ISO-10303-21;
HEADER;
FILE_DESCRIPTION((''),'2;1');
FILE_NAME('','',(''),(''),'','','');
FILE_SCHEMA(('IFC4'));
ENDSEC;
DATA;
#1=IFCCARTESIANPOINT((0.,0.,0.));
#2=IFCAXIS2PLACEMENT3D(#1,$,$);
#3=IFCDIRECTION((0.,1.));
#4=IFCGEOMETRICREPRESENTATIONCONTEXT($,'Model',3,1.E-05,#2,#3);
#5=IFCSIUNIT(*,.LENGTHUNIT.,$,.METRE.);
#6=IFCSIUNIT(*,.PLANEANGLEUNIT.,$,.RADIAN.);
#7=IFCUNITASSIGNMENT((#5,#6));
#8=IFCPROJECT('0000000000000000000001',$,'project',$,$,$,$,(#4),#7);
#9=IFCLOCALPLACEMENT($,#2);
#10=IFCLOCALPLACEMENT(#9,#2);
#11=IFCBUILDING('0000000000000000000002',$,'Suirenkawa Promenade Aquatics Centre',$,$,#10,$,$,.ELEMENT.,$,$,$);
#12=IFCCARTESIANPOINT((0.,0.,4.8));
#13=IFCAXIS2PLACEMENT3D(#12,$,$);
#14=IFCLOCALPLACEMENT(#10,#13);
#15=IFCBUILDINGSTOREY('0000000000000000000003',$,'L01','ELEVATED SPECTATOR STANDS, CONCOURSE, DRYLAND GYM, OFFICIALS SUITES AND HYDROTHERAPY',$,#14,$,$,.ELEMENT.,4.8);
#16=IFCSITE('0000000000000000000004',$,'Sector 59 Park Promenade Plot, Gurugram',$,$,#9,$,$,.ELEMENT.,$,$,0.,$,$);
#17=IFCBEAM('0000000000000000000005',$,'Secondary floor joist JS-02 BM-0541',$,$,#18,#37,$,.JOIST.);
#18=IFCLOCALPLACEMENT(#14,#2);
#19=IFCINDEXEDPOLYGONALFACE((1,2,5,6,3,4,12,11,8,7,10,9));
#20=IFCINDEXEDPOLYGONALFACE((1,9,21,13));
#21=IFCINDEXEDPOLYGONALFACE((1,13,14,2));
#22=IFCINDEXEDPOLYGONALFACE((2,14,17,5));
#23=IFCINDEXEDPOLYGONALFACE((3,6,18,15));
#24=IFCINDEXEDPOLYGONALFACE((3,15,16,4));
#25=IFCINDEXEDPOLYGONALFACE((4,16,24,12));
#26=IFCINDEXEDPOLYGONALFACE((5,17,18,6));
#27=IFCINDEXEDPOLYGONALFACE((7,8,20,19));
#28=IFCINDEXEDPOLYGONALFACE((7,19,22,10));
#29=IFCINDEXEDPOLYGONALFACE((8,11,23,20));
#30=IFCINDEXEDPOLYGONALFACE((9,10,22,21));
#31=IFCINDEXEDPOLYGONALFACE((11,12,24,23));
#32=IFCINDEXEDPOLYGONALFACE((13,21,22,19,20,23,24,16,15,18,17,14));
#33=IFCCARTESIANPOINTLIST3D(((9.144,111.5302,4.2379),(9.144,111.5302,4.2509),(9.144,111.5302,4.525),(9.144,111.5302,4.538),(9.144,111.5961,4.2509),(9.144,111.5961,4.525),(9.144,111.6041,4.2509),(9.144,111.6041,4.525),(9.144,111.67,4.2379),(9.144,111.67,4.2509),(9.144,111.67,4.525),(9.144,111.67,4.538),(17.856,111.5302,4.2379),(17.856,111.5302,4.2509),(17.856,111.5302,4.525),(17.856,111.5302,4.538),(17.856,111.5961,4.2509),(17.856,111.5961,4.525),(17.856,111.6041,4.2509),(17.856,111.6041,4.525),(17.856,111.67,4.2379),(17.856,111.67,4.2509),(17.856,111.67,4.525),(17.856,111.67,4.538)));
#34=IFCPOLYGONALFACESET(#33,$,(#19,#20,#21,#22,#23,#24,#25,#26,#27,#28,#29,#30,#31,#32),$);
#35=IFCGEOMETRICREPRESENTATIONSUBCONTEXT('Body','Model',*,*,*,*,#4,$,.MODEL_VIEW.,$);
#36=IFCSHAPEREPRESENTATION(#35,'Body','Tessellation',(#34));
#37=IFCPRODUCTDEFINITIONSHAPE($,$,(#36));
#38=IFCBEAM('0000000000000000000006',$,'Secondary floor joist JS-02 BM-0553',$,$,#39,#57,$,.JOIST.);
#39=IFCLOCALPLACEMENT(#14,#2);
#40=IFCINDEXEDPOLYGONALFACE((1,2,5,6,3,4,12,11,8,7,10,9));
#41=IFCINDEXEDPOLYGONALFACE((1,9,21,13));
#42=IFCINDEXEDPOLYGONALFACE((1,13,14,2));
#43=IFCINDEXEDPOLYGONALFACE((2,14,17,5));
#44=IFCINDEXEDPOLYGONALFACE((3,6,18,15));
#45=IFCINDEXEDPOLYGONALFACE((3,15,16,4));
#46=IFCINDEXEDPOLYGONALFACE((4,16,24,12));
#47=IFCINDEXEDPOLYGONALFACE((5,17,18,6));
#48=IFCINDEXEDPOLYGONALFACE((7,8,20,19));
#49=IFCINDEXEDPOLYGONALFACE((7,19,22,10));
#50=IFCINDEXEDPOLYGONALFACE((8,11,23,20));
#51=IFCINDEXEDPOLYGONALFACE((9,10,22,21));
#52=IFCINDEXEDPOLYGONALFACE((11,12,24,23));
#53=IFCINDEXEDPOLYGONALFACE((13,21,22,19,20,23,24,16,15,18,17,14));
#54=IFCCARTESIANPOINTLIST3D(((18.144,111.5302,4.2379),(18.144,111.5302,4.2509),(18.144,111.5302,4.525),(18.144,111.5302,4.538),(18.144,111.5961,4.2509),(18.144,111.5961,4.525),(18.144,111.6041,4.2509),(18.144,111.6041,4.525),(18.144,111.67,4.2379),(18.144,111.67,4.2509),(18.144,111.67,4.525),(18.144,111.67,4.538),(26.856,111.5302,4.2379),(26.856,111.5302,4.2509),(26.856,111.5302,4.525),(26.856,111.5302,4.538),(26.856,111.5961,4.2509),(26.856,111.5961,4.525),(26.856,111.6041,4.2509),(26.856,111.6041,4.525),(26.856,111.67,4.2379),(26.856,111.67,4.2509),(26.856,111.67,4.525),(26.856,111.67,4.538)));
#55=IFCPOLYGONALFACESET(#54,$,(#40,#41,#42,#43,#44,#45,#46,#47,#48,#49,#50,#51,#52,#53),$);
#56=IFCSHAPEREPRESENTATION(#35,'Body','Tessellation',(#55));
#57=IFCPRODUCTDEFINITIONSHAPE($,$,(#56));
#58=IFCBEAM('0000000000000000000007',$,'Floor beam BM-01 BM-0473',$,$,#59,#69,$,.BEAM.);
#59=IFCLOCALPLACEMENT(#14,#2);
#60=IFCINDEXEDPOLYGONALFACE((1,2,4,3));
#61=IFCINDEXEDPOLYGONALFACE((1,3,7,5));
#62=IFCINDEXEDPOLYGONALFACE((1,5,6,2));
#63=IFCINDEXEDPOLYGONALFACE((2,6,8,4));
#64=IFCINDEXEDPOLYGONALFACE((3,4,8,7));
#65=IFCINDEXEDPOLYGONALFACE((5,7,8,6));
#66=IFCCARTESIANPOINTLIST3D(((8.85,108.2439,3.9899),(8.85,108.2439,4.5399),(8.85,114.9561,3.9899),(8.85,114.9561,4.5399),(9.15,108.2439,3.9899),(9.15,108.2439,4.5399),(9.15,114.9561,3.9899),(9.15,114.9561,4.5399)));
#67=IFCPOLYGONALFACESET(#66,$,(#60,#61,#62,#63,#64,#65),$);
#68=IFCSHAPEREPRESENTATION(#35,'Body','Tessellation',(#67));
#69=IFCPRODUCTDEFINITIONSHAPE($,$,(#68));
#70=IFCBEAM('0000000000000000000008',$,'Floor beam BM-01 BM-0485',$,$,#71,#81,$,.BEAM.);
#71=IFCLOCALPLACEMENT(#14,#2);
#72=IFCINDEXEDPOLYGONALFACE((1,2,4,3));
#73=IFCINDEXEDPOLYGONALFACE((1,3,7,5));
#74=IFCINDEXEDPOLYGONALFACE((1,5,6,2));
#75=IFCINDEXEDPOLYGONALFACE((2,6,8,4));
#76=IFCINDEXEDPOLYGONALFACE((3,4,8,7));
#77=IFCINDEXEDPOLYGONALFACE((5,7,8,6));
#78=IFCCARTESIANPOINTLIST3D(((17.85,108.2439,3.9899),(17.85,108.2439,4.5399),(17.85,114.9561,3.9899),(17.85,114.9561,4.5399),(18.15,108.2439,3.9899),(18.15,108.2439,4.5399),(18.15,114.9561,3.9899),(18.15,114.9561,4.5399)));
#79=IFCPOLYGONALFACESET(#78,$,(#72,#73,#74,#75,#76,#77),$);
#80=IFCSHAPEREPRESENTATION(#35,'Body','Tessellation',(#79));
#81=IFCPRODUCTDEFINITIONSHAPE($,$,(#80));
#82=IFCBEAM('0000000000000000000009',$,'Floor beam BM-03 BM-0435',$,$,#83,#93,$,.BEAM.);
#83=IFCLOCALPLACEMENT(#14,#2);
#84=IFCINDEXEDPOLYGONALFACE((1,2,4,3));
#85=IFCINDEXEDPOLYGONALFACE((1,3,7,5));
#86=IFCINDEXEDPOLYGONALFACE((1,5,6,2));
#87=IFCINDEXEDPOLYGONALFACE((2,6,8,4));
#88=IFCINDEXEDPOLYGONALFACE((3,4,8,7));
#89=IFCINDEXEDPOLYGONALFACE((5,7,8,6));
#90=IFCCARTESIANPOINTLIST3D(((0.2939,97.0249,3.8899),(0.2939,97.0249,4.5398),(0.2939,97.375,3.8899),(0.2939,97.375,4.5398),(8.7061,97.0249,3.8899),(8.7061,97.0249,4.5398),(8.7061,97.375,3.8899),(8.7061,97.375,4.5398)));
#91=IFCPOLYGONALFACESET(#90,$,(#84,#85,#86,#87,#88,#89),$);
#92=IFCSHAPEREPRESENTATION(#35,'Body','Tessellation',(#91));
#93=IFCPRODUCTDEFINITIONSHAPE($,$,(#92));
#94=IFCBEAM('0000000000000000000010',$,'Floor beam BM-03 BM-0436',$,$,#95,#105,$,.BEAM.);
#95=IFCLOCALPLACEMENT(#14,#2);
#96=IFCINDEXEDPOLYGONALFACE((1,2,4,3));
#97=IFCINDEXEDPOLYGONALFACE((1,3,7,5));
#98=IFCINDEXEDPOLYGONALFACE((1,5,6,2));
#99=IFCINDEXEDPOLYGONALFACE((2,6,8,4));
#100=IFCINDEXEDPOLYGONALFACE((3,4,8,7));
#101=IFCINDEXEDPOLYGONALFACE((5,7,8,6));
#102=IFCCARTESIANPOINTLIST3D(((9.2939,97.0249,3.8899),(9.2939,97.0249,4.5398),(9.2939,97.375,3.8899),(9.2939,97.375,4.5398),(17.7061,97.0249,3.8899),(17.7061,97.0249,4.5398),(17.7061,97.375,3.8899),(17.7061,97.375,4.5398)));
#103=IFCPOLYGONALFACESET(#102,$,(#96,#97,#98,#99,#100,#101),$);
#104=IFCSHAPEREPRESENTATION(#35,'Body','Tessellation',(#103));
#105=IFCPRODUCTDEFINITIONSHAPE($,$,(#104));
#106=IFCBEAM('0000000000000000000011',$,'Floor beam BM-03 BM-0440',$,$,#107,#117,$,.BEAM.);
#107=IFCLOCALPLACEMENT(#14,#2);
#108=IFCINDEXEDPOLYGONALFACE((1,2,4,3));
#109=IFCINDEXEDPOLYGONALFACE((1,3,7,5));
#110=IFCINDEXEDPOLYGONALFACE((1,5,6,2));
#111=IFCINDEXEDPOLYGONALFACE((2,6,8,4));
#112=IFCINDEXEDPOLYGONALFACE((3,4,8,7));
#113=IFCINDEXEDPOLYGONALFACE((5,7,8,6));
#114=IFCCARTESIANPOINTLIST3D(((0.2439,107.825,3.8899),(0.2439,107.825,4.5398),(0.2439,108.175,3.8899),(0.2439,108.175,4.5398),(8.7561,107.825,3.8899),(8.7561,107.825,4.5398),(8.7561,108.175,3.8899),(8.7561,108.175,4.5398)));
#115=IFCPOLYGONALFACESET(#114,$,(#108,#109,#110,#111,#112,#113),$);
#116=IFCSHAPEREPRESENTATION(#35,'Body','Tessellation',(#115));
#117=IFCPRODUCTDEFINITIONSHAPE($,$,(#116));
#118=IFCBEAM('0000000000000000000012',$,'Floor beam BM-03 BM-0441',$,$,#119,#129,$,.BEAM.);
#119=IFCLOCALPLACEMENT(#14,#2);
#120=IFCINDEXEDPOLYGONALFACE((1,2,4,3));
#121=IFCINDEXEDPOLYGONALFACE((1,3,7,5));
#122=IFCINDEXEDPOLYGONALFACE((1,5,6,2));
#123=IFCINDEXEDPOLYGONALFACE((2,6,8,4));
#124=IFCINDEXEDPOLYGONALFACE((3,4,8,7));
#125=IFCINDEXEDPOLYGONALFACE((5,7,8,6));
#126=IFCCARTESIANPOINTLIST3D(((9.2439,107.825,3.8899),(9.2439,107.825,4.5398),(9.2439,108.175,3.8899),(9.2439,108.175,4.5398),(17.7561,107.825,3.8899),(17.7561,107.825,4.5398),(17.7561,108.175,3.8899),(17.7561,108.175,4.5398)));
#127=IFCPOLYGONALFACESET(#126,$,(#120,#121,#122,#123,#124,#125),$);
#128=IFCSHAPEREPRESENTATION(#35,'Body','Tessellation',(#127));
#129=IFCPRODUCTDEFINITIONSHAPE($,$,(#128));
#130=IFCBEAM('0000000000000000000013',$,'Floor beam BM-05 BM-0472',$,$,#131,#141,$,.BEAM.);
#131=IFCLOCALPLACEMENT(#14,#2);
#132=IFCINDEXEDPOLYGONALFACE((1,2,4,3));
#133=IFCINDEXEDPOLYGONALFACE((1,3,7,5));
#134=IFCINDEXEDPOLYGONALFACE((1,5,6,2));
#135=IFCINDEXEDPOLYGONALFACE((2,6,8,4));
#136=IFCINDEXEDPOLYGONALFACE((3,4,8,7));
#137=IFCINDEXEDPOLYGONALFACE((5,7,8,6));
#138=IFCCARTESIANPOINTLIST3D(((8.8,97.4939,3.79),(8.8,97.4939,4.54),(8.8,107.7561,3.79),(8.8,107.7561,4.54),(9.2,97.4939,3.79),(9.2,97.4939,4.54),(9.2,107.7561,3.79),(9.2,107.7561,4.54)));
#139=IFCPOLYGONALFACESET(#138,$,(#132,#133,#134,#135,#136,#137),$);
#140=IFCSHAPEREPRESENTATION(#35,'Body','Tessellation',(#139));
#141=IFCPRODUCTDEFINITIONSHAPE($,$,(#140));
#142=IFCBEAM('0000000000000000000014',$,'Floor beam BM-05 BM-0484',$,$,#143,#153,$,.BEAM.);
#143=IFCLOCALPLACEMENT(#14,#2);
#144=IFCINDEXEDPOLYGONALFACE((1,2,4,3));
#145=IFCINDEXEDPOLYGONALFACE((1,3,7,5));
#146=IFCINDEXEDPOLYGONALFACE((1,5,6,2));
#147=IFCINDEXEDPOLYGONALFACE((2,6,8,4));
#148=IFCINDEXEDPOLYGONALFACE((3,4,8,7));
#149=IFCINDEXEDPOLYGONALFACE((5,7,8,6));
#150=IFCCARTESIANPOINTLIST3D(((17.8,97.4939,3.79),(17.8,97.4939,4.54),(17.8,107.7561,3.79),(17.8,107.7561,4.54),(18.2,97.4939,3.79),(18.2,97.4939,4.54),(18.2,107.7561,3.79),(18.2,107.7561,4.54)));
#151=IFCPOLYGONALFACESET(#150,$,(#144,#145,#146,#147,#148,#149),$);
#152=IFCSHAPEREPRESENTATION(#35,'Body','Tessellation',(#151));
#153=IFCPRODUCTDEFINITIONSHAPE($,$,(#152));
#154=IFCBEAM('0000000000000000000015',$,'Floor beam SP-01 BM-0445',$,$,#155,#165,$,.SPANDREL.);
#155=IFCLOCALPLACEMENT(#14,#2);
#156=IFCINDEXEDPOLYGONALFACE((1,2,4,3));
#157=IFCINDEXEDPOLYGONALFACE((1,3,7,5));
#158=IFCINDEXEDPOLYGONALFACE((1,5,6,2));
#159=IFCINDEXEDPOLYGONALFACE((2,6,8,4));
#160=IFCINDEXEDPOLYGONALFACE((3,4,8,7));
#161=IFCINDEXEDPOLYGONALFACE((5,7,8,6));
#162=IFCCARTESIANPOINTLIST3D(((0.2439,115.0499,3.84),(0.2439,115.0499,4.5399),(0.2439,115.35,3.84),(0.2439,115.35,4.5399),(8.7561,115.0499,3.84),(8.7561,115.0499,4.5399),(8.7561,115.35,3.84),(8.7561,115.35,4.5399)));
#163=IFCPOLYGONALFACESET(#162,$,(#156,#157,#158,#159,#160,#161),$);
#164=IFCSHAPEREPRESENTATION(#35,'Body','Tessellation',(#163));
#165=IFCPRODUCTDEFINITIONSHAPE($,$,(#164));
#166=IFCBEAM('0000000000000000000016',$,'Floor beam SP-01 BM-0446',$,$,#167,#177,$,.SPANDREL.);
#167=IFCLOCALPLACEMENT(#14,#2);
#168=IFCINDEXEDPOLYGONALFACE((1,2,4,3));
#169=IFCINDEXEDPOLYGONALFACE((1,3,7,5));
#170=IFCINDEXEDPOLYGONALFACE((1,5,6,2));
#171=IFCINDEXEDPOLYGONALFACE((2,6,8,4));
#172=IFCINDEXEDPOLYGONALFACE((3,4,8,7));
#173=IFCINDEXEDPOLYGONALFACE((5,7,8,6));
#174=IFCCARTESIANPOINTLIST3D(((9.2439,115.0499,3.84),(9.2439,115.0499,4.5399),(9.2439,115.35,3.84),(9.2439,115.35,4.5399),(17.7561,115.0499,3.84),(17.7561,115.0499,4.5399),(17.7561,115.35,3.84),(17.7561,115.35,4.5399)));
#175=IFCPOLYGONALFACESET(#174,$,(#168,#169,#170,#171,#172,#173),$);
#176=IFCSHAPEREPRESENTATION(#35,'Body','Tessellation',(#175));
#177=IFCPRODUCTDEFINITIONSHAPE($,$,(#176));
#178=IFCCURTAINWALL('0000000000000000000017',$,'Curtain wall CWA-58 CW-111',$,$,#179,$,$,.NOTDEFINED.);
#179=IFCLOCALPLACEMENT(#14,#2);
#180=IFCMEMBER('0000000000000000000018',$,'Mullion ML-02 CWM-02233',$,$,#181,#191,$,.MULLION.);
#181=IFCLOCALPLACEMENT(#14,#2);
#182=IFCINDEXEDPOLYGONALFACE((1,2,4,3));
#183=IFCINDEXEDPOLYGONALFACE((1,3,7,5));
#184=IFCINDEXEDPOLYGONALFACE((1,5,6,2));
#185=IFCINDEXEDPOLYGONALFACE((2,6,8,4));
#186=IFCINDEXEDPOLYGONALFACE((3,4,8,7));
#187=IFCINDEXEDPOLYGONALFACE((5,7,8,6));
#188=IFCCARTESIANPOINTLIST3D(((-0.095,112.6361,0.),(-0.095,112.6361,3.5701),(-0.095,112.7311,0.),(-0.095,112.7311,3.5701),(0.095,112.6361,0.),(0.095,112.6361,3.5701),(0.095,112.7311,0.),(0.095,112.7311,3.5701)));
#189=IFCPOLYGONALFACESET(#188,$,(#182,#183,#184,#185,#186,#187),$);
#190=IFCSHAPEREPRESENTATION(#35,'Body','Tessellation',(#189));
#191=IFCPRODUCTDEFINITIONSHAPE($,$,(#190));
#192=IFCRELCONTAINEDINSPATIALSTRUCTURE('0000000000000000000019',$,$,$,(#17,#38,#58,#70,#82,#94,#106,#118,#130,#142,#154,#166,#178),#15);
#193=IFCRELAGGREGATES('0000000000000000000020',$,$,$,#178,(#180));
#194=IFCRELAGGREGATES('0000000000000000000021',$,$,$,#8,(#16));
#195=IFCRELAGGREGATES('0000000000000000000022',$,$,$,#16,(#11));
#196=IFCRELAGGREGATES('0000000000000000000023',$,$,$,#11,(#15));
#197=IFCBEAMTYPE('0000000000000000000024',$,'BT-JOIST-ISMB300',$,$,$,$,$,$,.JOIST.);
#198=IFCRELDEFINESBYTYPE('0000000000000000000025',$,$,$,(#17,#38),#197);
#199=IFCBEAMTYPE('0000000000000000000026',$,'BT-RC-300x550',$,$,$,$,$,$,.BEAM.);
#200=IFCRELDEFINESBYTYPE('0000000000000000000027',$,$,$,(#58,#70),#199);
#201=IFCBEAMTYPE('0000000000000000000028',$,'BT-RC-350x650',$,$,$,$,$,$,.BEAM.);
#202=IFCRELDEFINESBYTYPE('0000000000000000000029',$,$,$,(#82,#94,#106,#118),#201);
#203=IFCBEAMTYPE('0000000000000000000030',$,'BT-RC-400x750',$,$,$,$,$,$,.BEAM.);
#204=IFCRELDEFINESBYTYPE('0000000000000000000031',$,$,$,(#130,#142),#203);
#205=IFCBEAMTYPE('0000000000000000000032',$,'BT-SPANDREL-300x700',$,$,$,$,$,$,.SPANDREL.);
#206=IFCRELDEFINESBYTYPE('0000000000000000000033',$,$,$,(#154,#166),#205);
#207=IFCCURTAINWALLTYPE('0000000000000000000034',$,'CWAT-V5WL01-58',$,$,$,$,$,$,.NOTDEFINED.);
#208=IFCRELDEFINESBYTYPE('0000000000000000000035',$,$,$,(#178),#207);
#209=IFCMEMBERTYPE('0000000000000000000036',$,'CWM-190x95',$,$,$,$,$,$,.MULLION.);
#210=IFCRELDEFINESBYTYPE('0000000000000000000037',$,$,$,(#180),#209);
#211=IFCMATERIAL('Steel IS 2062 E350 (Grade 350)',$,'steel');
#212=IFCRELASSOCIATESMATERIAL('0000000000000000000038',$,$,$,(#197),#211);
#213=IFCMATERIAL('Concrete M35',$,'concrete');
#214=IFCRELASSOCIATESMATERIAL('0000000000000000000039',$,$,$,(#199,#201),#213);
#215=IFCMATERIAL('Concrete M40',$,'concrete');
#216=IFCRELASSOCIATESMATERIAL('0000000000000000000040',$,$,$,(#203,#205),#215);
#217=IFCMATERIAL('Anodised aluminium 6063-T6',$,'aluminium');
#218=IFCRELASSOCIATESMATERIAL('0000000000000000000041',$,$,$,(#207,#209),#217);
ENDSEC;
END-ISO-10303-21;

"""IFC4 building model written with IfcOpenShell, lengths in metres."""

from ifc_helpers import new_model, si_unit, direction, frame, origin, origin_2d, place, context, subcontext, project, spatial, rectangle, i_section, extrude, material, material_profile, profile_set, type_object, element, aggregate, save


model = new_model("IFC4")

# Units and contexts
model_context = context("Model", 3, precision=1e-05, world=origin(), true_north=direction((0.0, 1.0)))
body_context = subcontext(model_context, "Body", "Model", "MODEL_VIEW")
ifc_project = project(units=[si_unit("LENGTHUNIT", "METRE"), si_unit("PLANEANGLEUNIT", "RADIAN")], contexts=[model_context])

# Site, building, storey
site_placement = place(None, origin())
site = spatial("IfcSite", under=ifc_project, at=site_placement, Name="Sector 59 Park Promenade Plot, Gurugram", CompositionType="ELEMENT", RefElevation=0.0)
building_placement = place(site_placement, origin())
building = spatial("IfcBuilding", under=site, at=building_placement, Name="Suirenkawa Promenade Aquatics Centre", CompositionType="ELEMENT")
storey_placement = place(building_placement, frame((0.0, 0.0, 4.8)))
storey = spatial("IfcBuildingStorey", under=building, at=storey_placement, Name="L01", Description="ELEVATED SPECTATOR STANDS, CONCOURSE, DRYLAND GYM, OFFICIALS SUITES AND HYDROTHERAPY", CompositionType="ELEMENT", Elevation=4.8)

# Shared definitions
ifc_material_1 = material(Name="Concrete M40", Category="concrete")

# Beams
ifc_material_2 = material(Name="Steel IS 2062 E350 (Grade 350)", Category="steel")
ifc_material_profile_1 = material_profile(ifc_material_2, i_section(OverallWidth=0.1399, OverallDepth=0.3, WebThickness=0.0081, FlangeThickness=0.0129, at=origin_2d()), Name="ISMB 300", Category="steel")
ifc_profile_set_1 = profile_set([ifc_material_profile_1], Name="Steel IS 2062 E350 (Grade 350)")
beam_type_1 = type_object("IfcBeamType", Name="BT-JOIST-ISMB300", PredefinedType="JOIST", material=ifc_profile_set_1)
for number, where, z_axis, x_axis, name in (
    (1, (9.144, 111.6001, 4.3879), (1.0, 0.0, 0.0), (0.0, 1.0, 0.0), "Secondary floor joist JS-02 BM-0541"),
    (2, (18.144, 111.6001, 4.3879), (1.0, 0.0, 0.0), (0.0, 1.0, 0.0), "Secondary floor joist JS-02 BM-0553"),
):
    element("IfcBeam", number, at=place(storey_placement, frame(where, z_axis=z_axis, x_axis=x_axis)), inside=storey, type_object=beam_type_1, Name=name, PredefinedType="JOIST", context=body_context, shape_type="SweptSolid", body=[
        extrude(i_section(OverallWidth=0.1399, OverallDepth=0.3, WebThickness=0.0081, FlangeThickness=0.0129, at=origin_2d()), origin(), (0.0, 0.0, 1.0), 8.7119),
    ])
ifc_material_3 = material(Name="Concrete M35", Category="concrete")
ifc_material_profile_2 = material_profile(ifc_material_3, rectangle(XDim=0.3, YDim=0.55, at=origin_2d()), Name="RC BM 300x550", Category="concrete")
ifc_profile_set_2 = profile_set([ifc_material_profile_2], Name="Concrete M35")
beam_type_2 = type_object("IfcBeamType", Name="BT-RC-300x550", PredefinedType="BEAM", material=ifc_profile_set_2)
for number, where, z_axis, x_axis, name in (
    (3, (9.0, 108.2439, 4.2649), (0.0, 1.0, 0.0), (-1.0, 0.0, 0.0), "Floor beam BM-01 BM-0473"),
    (4, (18.0, 108.2439, 4.2649), (0.0, 1.0, 0.0), (-1.0, 0.0, 0.0), "Floor beam BM-01 BM-0485"),
):
    element("IfcBeam", number, at=place(storey_placement, frame(where, z_axis=z_axis, x_axis=x_axis)), inside=storey, type_object=beam_type_2, Name=name, PredefinedType="BEAM", context=body_context, shape_type="SweptSolid", body=[
        extrude(rectangle(XDim=0.3, YDim=0.55, at=origin_2d()), origin(), (0.0, 0.0, 1.0), 6.7122),
    ])
ifc_material_profile_3 = material_profile(ifc_material_3, rectangle(XDim=0.3501, YDim=0.6499, at=origin_2d()), Name="RC BM 350x650", Category="concrete")
ifc_profile_set_3 = profile_set([ifc_material_profile_3], Name="Concrete M35")
beam_type_3 = type_object("IfcBeamType", Name="BT-RC-350x650", PredefinedType="BEAM", material=ifc_profile_set_3)
for number, where, z_axis, x_axis, name in (
    (5, (0.2939, 97.2, 4.2148), (1.0, 0.0, 0.0), (0.0, 1.0, 0.0), "Floor beam BM-03 BM-0435"),
    (6, (9.2939, 97.2, 4.2148), (1.0, 0.0, 0.0), (0.0, 1.0, 0.0), "Floor beam BM-03 BM-0436"),
):
    element("IfcBeam", number, at=place(storey_placement, frame(where, z_axis=z_axis, x_axis=x_axis)), inside=storey, type_object=beam_type_3, Name=name, PredefinedType="BEAM", context=body_context, shape_type="SweptSolid", body=[
        extrude(rectangle(XDim=0.3501, YDim=0.6499, at=origin_2d()), origin(), (0.0, 0.0, 1.0), 8.4121),
    ])
for number, where, z_axis, x_axis, name in (
    (7, (0.2439, 108.0, 4.2148), (1.0, 0.0, 0.0), (0.0, 1.0, 0.0), "Floor beam BM-03 BM-0440"),
    (8, (9.2439, 108.0, 4.2148), (1.0, 0.0, 0.0), (0.0, 1.0, 0.0), "Floor beam BM-03 BM-0441"),
):
    element("IfcBeam", number, at=place(storey_placement, frame(where, z_axis=z_axis, x_axis=x_axis)), inside=storey, type_object=beam_type_3, Name=name, PredefinedType="BEAM", context=body_context, shape_type="SweptSolid", body=[
        extrude(rectangle(XDim=0.3501, YDim=0.6499, at=origin_2d()), origin(), (0.0, 0.0, 1.0), 8.5122),
    ])
ifc_material_profile_4 = material_profile(ifc_material_1, rectangle(XDim=0.3999, YDim=0.75, at=origin_2d()), Name="RC BM 400x750", Category="concrete")
ifc_profile_set_4 = profile_set([ifc_material_profile_4], Name="Concrete M40")
beam_type_4 = type_object("IfcBeamType", Name="BT-RC-400x750", PredefinedType="BEAM", material=ifc_profile_set_4)
for number, where, z_axis, x_axis, name in (
    (9, (9.0, 97.4939, 4.165), (0.0, 1.0, 0.0), (-1.0, 0.0, 0.0), "Floor beam BM-05 BM-0472"),
    (10, (18.0, 97.4939, 4.165), (0.0, 1.0, 0.0), (-1.0, 0.0, 0.0), "Floor beam BM-05 BM-0484"),
):
    element("IfcBeam", number, at=place(storey_placement, frame(where, z_axis=z_axis, x_axis=x_axis)), inside=storey, type_object=beam_type_4, Name=name, PredefinedType="BEAM", context=body_context, shape_type="SweptSolid", body=[
        extrude(rectangle(XDim=0.3999, YDim=0.75, at=origin_2d()), origin(), (0.0, 0.0, 1.0), 10.2622),
    ])
ifc_material_profile_5 = material_profile(ifc_material_1, rectangle(XDim=0.3, YDim=0.7, at=origin_2d()), Name="RC SPANDREL 300x700", Category="concrete")
ifc_profile_set_5 = profile_set([ifc_material_profile_5], Name="Concrete M40")
beam_type_5 = type_object("IfcBeamType", Name="BT-SPANDREL-300x700", PredefinedType="SPANDREL", material=ifc_profile_set_5)
for number, where, z_axis, x_axis, name in (
    (11, (0.2439, 115.2, 4.1899), (1.0, 0.0, 0.0), (0.0, 1.0, 0.0), "Floor beam SP-01 BM-0445"),
    (12, (9.2439, 115.2, 4.1899), (1.0, 0.0, 0.0), (0.0, 1.0, 0.0), "Floor beam SP-01 BM-0446"),
):
    element("IfcBeam", number, at=place(storey_placement, frame(where, z_axis=z_axis, x_axis=x_axis)), inside=storey, type_object=beam_type_5, Name=name, PredefinedType="SPANDREL", context=body_context, shape_type="SweptSolid", body=[
        extrude(rectangle(XDim=0.3, YDim=0.7, at=origin_2d()), origin(), (0.0, 0.0, 1.0), 8.5122),
    ])

# Curtain wall, member
ifc_material_4 = material(Name="Anodised aluminium 6063-T6", Category="aluminium")
curtain_wall_type = type_object("IfcCurtainWallType", Name="CWAT-V5WL01-58", PredefinedType="NOTDEFINED", material=ifc_material_4)
curtain_wall_placement = place(storey_placement, origin())
curtain_wall = element("IfcCurtainWall", 13, at=curtain_wall_placement, inside=storey, type_object=curtain_wall_type, Name="Curtain wall CWA-58 CW-111", PredefinedType="NOTDEFINED")
ifc_material_profile_6 = material_profile(ifc_material_4, rectangle(XDim=0.095, YDim=0.1899, at=origin_2d()), Name="ALU MULL 95x190", Category="aluminium")
ifc_profile_set_6 = profile_set([ifc_material_profile_6], Name="Anodised aluminium 6063-T6")
member_type_1 = type_object("IfcMemberType", Name="CWM-190x95", PredefinedType="MULLION", material=ifc_profile_set_6)
member_1_placement = place(storey_placement, frame((0.0, 112.6836, 0.0), z_axis=(0.0, 0.0, 1.0), x_axis=(0.0, 1.0, 0.0)))
member_1 = element("IfcMember", 14, at=member_1_placement, type_object=member_type_1, Name="Mullion ML-02 CWM-02233", PredefinedType="MULLION", context=body_context, shape_type="SweptSolid", body=[
    extrude(rectangle(XDim=0.095, YDim=0.1899, at=origin_2d()), origin(), (0.0, 0.0, 1.0), 3.5701),
])
aggregate(curtain_wall, [member_1])

save(model, "model.ifc")
